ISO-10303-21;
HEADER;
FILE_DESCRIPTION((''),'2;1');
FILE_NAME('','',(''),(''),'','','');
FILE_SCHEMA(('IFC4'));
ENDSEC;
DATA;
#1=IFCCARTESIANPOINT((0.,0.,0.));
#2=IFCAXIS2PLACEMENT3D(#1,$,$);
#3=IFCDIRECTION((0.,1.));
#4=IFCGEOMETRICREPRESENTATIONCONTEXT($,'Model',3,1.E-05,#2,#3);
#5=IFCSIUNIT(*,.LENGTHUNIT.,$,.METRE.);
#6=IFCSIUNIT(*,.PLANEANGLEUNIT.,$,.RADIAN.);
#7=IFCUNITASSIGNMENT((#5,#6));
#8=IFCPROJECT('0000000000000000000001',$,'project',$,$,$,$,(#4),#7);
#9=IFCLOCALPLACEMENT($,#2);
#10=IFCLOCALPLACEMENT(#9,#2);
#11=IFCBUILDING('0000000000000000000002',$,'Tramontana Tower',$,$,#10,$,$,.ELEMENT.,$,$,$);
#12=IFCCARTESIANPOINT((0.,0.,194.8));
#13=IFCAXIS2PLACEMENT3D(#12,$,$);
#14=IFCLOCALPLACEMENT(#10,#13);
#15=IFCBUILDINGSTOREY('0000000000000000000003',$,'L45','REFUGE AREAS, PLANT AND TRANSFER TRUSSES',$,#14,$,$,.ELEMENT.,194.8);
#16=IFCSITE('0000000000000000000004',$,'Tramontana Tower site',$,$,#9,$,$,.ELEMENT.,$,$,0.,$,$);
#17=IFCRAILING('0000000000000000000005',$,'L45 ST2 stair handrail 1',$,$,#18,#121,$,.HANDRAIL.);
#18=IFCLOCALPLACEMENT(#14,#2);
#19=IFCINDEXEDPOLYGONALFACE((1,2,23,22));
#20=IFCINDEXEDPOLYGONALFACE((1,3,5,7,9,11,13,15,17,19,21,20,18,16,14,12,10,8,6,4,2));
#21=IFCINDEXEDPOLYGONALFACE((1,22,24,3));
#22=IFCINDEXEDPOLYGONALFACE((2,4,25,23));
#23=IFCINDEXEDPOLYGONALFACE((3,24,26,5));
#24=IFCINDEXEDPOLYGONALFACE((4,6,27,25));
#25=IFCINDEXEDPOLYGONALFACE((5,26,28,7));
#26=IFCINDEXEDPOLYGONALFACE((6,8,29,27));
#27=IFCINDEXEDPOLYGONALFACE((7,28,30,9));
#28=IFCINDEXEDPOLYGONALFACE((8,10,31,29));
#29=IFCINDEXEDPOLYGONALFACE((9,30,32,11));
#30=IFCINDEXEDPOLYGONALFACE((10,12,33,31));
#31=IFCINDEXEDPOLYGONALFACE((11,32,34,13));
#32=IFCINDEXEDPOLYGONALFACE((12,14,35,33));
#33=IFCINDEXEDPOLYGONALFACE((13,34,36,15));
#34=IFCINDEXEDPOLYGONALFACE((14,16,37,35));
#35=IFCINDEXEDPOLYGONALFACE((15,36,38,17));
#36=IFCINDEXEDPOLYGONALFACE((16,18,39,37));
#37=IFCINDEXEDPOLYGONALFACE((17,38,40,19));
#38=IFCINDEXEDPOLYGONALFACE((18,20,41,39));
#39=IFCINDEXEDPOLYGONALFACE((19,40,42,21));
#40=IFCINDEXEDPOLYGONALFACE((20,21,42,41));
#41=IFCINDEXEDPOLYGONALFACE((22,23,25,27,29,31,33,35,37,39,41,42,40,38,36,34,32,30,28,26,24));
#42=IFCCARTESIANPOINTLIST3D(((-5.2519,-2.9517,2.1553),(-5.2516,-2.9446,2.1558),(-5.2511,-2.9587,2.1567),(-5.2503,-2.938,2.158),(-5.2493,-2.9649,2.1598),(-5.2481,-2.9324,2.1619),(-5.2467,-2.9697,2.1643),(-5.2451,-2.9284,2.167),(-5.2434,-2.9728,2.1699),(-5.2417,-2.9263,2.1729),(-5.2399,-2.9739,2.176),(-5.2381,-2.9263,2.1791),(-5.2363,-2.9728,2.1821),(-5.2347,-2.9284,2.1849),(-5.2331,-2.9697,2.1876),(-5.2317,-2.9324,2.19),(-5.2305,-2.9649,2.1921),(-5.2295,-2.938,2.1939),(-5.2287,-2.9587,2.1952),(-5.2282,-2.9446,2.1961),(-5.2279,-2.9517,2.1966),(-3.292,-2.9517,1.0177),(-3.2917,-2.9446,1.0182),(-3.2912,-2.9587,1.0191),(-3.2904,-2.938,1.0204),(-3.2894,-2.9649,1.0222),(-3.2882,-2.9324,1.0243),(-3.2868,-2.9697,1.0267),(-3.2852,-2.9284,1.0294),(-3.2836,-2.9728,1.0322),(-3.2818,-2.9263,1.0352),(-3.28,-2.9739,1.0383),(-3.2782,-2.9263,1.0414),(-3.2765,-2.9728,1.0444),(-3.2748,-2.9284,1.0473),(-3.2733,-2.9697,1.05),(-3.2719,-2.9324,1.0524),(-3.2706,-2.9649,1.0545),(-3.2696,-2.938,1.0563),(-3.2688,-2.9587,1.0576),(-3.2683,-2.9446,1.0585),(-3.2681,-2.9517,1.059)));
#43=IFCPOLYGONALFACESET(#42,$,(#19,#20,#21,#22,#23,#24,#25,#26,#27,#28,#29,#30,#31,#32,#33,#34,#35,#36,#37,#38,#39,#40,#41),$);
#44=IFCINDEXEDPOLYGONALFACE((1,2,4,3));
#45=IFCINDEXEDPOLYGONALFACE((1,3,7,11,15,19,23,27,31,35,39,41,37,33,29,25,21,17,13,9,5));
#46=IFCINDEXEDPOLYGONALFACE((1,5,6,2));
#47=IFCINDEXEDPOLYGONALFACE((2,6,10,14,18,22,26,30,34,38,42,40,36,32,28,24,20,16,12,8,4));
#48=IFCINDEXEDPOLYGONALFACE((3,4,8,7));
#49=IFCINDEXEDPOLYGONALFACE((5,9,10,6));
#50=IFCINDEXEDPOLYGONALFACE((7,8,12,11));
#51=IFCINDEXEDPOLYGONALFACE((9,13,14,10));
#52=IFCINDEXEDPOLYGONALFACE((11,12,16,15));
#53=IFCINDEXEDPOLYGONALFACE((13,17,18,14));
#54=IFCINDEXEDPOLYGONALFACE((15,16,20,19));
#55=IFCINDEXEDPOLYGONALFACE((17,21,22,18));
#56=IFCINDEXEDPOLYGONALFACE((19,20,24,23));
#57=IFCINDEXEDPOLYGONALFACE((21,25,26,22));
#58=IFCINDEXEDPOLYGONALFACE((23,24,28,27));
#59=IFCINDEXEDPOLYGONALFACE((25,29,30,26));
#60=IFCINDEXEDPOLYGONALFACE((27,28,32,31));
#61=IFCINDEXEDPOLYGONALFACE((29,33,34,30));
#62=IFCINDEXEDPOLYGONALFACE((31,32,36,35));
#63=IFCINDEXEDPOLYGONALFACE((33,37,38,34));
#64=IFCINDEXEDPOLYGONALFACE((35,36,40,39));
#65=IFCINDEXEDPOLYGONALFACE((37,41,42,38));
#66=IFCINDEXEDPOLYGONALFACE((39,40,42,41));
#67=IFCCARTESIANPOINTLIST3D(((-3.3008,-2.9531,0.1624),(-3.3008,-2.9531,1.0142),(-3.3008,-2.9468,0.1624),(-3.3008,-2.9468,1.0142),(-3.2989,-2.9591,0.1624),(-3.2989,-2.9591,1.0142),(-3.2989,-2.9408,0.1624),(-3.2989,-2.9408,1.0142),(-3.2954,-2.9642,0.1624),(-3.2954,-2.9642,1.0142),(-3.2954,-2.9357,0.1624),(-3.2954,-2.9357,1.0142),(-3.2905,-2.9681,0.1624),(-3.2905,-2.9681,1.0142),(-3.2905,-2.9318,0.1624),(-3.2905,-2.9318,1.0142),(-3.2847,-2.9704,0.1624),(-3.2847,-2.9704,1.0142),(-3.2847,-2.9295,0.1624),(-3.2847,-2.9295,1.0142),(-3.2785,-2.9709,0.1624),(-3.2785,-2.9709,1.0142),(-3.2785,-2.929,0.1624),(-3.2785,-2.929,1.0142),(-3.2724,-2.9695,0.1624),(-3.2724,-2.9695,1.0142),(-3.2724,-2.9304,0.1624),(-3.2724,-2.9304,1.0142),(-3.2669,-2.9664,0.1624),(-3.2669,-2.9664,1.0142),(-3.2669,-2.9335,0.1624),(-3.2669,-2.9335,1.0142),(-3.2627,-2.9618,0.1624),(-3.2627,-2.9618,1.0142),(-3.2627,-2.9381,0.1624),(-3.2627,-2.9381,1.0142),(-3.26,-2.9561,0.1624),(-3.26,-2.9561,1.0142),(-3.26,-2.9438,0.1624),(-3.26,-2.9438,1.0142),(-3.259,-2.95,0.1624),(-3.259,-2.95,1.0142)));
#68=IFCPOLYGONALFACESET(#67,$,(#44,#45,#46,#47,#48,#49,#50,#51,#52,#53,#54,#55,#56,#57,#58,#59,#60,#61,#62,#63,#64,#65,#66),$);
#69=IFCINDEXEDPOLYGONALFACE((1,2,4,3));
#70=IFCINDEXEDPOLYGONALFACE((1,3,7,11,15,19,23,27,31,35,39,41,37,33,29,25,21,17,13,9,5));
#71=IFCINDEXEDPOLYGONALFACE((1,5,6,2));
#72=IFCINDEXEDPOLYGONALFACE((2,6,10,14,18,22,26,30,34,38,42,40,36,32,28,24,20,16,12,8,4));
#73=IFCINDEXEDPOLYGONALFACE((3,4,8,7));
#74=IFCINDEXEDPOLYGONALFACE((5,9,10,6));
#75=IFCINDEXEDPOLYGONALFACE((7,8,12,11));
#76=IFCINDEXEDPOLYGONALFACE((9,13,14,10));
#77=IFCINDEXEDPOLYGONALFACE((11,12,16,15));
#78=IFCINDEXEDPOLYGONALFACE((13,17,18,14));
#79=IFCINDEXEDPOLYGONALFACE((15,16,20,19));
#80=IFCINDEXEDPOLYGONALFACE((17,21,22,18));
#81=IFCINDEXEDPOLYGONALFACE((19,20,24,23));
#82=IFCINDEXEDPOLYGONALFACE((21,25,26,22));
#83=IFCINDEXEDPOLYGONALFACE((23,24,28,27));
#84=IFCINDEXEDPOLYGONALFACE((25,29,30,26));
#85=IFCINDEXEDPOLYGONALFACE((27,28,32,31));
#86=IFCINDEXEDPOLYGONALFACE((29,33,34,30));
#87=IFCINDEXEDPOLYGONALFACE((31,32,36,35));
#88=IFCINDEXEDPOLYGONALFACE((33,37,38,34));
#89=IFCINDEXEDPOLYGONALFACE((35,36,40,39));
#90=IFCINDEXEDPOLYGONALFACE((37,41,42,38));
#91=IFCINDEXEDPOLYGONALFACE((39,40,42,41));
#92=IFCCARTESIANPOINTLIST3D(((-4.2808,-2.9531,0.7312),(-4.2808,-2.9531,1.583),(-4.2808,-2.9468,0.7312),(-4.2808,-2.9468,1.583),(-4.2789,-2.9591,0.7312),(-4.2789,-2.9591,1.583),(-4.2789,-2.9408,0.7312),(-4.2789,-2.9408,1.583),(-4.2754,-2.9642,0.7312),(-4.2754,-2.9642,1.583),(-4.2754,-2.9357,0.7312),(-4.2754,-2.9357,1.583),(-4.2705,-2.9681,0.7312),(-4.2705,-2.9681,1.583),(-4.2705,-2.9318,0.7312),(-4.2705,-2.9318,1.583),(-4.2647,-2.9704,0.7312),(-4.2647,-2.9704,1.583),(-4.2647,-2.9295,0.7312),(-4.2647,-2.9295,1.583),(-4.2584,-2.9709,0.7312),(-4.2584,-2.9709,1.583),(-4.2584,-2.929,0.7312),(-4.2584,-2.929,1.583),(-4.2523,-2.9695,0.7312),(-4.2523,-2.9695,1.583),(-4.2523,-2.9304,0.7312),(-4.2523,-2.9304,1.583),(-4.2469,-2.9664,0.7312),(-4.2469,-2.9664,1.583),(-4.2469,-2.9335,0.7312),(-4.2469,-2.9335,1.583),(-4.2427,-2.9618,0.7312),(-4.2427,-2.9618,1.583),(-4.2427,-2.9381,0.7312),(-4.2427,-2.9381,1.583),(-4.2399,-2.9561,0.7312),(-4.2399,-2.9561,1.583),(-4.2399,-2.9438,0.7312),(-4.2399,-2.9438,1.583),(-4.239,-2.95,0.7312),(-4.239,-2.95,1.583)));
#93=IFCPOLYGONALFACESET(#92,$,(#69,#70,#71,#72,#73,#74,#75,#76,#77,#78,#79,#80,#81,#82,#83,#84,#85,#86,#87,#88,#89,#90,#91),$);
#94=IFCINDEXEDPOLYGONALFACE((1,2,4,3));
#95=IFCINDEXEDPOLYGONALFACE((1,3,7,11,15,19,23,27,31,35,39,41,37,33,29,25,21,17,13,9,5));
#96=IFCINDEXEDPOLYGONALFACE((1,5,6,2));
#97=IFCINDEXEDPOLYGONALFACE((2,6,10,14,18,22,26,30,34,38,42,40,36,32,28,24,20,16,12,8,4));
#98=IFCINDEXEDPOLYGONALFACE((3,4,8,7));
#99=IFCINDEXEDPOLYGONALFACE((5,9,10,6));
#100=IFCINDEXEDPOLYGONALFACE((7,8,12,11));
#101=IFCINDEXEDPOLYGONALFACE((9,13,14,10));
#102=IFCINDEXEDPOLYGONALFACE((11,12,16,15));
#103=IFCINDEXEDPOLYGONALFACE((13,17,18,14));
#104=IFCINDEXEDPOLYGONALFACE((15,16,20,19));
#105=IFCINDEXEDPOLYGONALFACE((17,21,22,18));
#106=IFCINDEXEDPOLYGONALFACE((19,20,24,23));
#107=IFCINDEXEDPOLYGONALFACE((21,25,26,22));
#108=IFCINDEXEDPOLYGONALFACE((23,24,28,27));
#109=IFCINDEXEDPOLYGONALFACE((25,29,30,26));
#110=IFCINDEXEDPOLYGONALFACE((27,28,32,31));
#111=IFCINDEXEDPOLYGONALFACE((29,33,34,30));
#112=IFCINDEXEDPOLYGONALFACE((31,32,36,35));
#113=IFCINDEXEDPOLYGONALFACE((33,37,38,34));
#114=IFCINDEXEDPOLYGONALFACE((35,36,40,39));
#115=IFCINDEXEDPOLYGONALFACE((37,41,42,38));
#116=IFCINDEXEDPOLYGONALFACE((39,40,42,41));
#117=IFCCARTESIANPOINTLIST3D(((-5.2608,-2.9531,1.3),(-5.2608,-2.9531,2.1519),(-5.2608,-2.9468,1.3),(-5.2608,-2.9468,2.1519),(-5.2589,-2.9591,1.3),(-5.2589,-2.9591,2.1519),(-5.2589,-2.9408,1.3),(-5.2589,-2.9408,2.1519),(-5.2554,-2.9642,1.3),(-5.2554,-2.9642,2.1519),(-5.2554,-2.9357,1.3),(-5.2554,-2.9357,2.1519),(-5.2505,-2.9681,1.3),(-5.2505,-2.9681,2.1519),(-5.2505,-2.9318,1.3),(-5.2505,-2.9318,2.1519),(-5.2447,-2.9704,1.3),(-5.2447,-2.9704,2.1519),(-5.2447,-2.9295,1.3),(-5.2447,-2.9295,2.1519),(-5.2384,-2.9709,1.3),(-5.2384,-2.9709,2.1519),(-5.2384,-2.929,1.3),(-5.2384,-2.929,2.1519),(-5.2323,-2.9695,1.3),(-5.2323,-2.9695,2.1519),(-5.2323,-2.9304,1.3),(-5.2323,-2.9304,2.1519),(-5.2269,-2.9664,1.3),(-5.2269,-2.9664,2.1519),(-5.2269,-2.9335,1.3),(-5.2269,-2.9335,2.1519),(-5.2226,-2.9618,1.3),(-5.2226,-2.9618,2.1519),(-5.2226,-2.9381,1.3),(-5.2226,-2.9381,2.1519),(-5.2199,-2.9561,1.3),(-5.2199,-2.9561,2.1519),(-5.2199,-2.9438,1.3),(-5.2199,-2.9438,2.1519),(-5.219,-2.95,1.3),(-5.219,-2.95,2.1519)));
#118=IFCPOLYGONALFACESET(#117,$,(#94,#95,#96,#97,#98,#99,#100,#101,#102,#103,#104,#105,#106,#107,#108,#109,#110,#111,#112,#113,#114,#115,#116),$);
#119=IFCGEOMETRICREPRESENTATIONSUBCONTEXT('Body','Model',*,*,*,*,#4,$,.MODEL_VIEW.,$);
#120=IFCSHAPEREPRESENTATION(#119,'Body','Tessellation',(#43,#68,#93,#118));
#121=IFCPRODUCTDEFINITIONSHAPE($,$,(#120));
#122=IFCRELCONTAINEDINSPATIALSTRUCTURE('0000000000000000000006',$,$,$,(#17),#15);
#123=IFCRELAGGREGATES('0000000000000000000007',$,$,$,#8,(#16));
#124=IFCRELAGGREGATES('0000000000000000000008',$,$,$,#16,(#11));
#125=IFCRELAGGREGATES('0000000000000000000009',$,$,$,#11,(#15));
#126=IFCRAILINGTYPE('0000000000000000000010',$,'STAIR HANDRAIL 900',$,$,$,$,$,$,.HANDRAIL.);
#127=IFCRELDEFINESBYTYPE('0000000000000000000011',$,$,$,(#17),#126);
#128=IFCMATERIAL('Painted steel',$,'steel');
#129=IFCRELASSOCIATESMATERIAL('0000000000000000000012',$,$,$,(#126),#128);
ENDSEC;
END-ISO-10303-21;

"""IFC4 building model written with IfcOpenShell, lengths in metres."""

from ifc_helpers import new_model, si_unit, direction, frame, origin, origin_2d, place, context, subcontext, project, spatial, circle, extrude, material, type_object, element, save


model = new_model("IFC4")

# Units and contexts
model_context = context("Model", 3, precision=1e-05, world=origin(), true_north=direction((0.0, 1.0)))
body_context = subcontext(model_context, "Body", "Model", "MODEL_VIEW")
ifc_project = project(units=[si_unit("LENGTHUNIT", "METRE"), si_unit("PLANEANGLEUNIT", "RADIAN")], contexts=[model_context])

# Site, building, storey
site_placement = place(None, origin())
site = spatial("IfcSite", under=ifc_project, at=site_placement, Name="Tramontana Tower site", CompositionType="ELEMENT", RefElevation=0.0)
building_placement = place(site_placement, origin())
building = spatial("IfcBuilding", under=site, at=building_placement, Name="Tramontana Tower", CompositionType="ELEMENT")
storey_placement = place(building_placement, frame((0.0, 0.0, 194.8)))
storey = spatial("IfcBuildingStorey", under=building, at=storey_placement, Name="L45", Description="REFUGE AREAS, PLANT AND TRANSFER TRUSSES", CompositionType="ELEMENT", Elevation=194.8)

# Railing
ifc_material_1 = material(Name="Painted steel", Category="steel")
railing_type_1 = type_object("IfcRailingType", Name="STAIR HANDRAIL 900", PredefinedType="HANDRAIL", material=ifc_material_1)
railing_1_placement = place(storey_placement, frame((-3.28, -2.95, 0.1624)))
element("IfcRailing", 1, at=railing_1_placement, inside=storey, type_object=railing_type_1, Name="L45 ST2 stair handrail 1", PredefinedType="HANDRAIL", context=body_context, shape_type="SweptSolid", body=[
    extrude(circle(Radius=0.0239, at=origin_2d()), frame((0.0, 0.0, 0.876), z_axis=(-0.864855, 0.0, 0.502021), x_axis=(0.0, -1.0, 0.0)), (0.0, 0.0, 1.0), 2.2661),
    extrude(circle(Radius=0.021, at=origin_2d()), origin(), (0.0, 0.0, 1.0), 0.8518),
    extrude(circle(Radius=0.021, at=origin_2d()), frame((-0.98, 0.0, 0.5688)), (0.0, 0.0, 1.0), 0.8518),
    extrude(circle(Radius=0.021, at=origin_2d()), frame((-1.96, 0.0, 1.1377)), (0.0, 0.0, 1.0), 0.8518),
])

save(model, "model.ifc")
